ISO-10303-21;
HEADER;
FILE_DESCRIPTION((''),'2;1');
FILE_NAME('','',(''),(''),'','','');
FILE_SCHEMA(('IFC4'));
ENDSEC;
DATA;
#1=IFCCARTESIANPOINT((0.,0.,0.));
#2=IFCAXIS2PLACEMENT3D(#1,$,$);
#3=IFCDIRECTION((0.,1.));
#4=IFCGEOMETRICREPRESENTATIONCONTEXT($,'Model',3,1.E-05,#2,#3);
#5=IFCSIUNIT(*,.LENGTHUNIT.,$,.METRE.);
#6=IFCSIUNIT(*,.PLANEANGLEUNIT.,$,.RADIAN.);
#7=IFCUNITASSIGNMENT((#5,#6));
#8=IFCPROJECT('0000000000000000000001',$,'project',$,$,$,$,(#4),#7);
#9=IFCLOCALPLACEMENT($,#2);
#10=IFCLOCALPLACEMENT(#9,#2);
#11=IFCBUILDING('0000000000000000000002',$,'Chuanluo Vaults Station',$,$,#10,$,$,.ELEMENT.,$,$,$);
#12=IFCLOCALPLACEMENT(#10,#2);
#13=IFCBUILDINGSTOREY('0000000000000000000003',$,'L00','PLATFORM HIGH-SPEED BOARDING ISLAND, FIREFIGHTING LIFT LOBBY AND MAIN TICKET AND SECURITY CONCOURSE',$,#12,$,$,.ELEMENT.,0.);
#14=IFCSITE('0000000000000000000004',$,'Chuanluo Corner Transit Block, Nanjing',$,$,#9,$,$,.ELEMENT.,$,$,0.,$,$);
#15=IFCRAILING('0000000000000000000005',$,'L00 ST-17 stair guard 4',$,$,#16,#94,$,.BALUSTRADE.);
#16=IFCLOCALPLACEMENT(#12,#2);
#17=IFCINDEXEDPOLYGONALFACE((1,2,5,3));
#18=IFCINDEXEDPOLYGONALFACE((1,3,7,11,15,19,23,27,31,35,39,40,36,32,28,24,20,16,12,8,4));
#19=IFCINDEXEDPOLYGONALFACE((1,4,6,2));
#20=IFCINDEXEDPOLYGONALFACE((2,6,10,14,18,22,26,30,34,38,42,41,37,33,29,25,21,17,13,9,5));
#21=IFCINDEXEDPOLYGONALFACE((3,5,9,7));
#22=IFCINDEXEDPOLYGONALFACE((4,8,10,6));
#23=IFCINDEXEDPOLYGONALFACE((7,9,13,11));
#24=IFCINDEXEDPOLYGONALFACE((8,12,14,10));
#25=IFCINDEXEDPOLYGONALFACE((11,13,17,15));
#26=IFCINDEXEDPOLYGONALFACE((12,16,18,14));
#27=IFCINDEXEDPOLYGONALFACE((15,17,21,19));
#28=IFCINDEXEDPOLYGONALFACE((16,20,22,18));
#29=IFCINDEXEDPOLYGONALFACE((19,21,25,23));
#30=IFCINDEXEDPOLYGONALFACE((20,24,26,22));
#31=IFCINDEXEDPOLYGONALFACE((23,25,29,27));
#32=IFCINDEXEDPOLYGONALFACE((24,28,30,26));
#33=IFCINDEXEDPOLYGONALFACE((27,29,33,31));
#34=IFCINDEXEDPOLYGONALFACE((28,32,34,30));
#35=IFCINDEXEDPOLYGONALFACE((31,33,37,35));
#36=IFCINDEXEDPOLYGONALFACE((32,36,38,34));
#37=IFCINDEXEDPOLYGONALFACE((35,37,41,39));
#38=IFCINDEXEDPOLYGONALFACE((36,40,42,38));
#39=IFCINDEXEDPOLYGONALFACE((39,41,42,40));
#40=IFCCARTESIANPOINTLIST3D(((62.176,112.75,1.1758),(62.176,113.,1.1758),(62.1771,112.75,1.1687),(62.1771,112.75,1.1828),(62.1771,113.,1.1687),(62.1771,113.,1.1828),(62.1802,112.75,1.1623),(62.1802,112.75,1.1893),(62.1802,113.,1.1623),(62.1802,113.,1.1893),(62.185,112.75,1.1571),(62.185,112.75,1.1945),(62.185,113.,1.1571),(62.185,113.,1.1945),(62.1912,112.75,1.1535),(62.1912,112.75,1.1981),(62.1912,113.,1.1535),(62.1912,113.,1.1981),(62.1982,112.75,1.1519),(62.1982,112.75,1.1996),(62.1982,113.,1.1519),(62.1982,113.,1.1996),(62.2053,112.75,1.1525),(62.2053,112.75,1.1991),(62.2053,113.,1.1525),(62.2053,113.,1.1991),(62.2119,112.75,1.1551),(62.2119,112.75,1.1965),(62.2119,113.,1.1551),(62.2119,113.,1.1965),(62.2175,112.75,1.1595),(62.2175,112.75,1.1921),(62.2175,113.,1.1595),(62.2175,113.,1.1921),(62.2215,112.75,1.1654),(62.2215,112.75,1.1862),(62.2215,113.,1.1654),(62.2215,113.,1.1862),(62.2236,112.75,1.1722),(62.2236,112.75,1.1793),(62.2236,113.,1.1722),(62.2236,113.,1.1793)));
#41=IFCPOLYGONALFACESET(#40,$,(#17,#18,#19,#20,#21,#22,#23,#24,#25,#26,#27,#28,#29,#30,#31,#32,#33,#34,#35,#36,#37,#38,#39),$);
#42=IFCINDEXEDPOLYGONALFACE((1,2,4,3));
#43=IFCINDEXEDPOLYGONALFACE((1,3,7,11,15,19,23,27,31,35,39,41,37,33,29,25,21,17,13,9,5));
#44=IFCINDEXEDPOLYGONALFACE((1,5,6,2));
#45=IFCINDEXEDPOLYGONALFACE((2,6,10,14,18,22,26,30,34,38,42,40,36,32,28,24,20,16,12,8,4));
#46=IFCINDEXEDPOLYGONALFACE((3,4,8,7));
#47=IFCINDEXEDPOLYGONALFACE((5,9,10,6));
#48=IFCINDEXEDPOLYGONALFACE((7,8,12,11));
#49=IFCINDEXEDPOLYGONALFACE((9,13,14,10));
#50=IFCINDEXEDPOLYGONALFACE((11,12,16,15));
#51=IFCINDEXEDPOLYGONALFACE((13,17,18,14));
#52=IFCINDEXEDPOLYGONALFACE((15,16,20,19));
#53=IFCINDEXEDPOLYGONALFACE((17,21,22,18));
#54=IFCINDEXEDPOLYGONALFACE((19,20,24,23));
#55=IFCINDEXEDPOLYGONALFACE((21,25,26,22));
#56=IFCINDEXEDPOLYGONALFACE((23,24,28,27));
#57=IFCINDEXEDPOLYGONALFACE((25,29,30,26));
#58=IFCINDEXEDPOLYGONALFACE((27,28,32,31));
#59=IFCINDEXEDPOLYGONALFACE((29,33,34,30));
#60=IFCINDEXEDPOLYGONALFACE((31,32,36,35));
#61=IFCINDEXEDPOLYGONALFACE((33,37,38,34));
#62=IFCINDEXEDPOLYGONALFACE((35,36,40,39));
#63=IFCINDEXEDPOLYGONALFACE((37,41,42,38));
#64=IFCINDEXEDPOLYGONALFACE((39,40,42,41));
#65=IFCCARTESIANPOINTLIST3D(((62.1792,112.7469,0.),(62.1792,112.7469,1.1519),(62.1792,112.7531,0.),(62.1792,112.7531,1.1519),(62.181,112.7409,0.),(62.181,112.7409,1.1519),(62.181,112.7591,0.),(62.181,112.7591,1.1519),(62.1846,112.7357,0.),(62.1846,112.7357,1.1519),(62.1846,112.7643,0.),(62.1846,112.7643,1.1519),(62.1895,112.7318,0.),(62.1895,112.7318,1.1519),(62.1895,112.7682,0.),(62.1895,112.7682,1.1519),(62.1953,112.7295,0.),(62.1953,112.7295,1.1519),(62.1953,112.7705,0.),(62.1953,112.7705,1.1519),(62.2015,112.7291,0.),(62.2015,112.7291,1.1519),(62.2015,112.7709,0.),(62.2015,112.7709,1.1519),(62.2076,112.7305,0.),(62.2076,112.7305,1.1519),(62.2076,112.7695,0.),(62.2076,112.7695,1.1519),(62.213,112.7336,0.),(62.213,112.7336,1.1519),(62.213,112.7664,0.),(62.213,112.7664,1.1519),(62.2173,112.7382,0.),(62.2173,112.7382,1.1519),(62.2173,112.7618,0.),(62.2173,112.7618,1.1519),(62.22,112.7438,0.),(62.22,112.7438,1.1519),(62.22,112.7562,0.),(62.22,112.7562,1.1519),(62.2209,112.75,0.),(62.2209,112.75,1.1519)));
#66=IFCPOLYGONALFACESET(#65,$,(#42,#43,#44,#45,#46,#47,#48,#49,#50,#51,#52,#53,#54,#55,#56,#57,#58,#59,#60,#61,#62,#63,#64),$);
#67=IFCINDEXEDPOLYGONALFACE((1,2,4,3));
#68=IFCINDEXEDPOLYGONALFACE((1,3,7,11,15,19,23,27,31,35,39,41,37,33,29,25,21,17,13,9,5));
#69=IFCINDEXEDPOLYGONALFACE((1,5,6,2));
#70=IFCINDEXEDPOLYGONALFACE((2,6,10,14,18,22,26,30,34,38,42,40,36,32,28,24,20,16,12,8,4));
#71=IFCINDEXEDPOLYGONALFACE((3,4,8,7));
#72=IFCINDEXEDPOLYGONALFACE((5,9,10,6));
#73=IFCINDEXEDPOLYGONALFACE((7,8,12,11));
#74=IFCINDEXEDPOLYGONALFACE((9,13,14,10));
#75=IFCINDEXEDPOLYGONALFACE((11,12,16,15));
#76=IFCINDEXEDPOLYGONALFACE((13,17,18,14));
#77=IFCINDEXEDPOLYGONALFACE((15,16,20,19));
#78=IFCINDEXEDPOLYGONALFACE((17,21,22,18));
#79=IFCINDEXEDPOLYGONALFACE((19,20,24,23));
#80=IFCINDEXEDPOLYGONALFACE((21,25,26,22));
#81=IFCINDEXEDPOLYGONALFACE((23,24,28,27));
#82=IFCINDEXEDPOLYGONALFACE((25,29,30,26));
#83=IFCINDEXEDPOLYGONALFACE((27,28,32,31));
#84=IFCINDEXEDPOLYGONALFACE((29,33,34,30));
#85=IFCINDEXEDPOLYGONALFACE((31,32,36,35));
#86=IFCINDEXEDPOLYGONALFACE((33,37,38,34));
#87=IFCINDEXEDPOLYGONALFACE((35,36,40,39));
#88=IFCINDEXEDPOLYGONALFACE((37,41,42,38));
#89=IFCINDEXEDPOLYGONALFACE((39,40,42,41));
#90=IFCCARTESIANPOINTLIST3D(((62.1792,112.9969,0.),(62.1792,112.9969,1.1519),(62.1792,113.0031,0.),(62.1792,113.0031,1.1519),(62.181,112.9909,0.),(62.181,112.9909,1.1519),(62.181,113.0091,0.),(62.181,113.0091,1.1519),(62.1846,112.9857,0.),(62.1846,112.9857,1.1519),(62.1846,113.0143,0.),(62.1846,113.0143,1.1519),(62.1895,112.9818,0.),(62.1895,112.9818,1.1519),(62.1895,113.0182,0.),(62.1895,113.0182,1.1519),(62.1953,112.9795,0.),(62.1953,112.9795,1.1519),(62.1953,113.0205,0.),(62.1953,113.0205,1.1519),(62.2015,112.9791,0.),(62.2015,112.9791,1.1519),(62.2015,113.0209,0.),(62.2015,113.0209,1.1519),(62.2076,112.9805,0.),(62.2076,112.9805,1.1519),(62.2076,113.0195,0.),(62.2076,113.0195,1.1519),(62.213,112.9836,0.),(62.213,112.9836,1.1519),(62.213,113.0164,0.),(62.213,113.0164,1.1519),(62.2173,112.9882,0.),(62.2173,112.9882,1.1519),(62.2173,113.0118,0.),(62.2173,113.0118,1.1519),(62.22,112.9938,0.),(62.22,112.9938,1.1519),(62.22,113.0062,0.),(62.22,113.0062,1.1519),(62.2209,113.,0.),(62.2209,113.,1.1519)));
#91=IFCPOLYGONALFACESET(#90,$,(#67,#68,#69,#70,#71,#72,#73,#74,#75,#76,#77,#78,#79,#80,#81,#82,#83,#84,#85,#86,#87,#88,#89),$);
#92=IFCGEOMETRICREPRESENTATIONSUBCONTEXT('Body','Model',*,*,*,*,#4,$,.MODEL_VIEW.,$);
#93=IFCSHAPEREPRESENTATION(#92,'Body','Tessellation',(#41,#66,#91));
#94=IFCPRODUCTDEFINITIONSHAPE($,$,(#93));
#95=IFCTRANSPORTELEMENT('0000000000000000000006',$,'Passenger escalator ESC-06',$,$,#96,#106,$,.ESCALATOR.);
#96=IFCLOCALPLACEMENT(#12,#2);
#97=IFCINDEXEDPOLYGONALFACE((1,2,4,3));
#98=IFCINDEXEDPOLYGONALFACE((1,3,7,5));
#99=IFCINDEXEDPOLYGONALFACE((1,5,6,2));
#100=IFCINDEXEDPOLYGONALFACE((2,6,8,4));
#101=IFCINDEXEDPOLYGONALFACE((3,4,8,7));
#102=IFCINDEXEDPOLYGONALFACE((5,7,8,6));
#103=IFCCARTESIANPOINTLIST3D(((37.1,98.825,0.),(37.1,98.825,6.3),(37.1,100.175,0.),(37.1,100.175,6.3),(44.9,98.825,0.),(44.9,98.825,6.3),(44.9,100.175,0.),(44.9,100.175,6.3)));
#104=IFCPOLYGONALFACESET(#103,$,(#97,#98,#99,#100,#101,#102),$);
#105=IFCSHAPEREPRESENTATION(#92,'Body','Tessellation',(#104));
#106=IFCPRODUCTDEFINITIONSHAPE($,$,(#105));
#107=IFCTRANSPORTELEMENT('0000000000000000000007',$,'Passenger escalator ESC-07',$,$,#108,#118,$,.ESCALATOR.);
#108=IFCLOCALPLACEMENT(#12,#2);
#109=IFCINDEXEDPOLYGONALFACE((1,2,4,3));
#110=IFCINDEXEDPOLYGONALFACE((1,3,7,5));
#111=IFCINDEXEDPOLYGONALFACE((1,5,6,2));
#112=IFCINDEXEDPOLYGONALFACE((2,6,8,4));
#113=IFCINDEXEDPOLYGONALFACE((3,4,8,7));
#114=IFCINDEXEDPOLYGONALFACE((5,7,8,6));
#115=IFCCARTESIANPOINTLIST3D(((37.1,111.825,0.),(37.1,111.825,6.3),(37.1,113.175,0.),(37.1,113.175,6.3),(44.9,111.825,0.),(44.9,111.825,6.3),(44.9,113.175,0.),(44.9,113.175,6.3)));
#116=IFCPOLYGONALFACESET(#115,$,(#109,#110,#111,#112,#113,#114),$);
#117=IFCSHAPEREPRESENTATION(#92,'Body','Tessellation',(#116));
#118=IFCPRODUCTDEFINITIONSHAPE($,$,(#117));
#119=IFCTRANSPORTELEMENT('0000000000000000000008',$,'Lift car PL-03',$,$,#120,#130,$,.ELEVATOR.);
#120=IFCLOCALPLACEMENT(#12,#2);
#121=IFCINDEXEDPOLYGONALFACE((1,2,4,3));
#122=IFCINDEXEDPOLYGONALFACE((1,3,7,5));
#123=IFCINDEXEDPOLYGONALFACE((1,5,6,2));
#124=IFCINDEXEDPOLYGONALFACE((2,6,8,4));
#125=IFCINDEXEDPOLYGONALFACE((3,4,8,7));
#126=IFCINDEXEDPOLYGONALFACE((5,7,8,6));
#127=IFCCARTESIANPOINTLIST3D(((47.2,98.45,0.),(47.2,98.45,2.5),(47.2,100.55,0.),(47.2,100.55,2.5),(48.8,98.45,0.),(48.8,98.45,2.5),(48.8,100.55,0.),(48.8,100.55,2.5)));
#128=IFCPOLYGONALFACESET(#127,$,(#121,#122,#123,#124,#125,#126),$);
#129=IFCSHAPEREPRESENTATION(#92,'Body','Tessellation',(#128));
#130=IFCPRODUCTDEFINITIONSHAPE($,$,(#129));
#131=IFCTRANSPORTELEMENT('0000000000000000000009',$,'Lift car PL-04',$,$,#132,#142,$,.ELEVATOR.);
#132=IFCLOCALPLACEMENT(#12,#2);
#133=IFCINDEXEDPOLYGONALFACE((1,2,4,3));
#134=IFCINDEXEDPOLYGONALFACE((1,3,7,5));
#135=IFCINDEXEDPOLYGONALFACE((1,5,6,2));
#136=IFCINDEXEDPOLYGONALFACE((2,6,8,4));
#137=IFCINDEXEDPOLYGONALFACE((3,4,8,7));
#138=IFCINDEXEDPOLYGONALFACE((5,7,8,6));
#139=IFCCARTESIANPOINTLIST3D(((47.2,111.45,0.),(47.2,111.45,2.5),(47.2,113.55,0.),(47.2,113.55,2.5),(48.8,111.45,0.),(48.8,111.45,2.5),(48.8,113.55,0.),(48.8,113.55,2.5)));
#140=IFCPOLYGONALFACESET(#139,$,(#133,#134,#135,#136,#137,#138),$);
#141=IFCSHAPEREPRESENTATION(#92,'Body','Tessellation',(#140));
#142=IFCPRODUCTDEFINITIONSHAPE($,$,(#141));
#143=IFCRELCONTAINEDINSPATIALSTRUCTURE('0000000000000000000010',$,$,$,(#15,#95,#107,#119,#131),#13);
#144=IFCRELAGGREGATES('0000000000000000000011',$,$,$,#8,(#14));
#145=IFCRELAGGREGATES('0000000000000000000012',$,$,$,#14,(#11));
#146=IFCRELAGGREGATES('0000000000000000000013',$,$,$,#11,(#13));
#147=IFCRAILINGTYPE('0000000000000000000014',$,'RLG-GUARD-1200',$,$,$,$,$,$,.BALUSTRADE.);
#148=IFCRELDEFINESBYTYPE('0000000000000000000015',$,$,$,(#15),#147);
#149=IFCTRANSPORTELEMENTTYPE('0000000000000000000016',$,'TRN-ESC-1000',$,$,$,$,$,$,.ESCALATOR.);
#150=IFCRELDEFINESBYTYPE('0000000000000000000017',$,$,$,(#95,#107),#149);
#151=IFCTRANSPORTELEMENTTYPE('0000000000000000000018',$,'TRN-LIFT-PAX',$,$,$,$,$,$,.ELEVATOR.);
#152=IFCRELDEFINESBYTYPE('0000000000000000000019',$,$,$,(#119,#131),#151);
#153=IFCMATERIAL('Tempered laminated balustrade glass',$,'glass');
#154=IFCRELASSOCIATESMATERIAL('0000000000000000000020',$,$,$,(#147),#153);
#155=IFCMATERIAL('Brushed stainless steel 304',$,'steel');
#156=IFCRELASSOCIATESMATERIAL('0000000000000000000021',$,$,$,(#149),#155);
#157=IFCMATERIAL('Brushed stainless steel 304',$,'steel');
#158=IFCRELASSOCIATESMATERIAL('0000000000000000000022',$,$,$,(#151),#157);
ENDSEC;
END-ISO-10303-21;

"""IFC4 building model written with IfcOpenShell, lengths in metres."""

from ifc_helpers import new_model, si_unit, direction, frame, origin, origin_2d, place, context, subcontext, project, spatial, rectangle, circle, extrude, material, type_object, element, save


model = new_model("IFC4")

# Units and contexts
model_context = context("Model", 3, precision=1e-05, world=origin(), true_north=direction((0.0, 1.0)))
body_context = subcontext(model_context, "Body", "Model", "MODEL_VIEW")
ifc_project = project(units=[si_unit("LENGTHUNIT", "METRE"), si_unit("PLANEANGLEUNIT", "RADIAN")], contexts=[model_context])

# Site, building, storey
site_placement = place(None, origin())
site = spatial("IfcSite", under=ifc_project, at=site_placement, Name="Chuanluo Corner Transit Block, Nanjing", CompositionType="ELEMENT", RefElevation=0.0)
building_placement = place(site_placement, origin())
building = spatial("IfcBuilding", under=site, at=building_placement, Name="Chuanluo Vaults Station", CompositionType="ELEMENT")
storey_placement = place(building_placement, origin())
storey = spatial("IfcBuildingStorey", under=building, at=storey_placement, Name="L00", Description="PLATFORM HIGH-SPEED BOARDING ISLAND, FIREFIGHTING LIFT LOBBY AND MAIN TICKET AND SECURITY CONCOURSE", CompositionType="ELEMENT", Elevation=0.0)

# Railing
ifc_material_1 = material(Name="Tempered laminated balustrade glass", Category="glass")
railing_type = type_object("IfcRailingType", Name="RLG-GUARD-1200", PredefinedType="BALUSTRADE", material=ifc_material_1)
railing_placement = place(storey_placement, frame((62.2, 112.75, 0.0)))
element("IfcRailing", 1, at=railing_placement, inside=storey, type_object=railing_type, Name="L00 ST-17 stair guard 4", PredefinedType="BALUSTRADE", context=body_context, shape_type="SweptSolid", body=[
    extrude(circle(Radius=0.0239, at=origin_2d()), frame((0.0, 0.0, 1.1758), z_axis=(0.0, 1.0, 0.0), x_axis=(-1.0, 0.0, 0.0)), (0.0, 0.0, 1.0), 0.25),
    extrude(circle(Radius=0.021, at=origin_2d()), origin(), (0.0, 0.0, 1.0), 1.1519),
    extrude(circle(Radius=0.021, at=origin_2d()), frame((0.0, 0.25, 0.0)), (0.0, 0.0, 1.0), 1.1519),
])

# Transport elements
ifc_material_2 = material(Name="Brushed stainless steel 304", Category="steel")
transport_element_type_1 = type_object("IfcTransportElementType", Name="TRN-ESC-1000", PredefinedType="ESCALATOR", material=ifc_material_2)
for number, where, z_axis, x_axis, name in (
    (2, (41.0, 99.5, 0.0), (0.0, 0.0, 1.0), (1.0, 0.0, 0.0), "Passenger escalator ESC-06"),
    (3, (41.0, 112.5, 0.0), (0.0, 0.0, 1.0), (1.0, 0.0, 0.0), "Passenger escalator ESC-07"),
):
    element("IfcTransportElement", number, at=place(storey_placement, frame(where, z_axis=z_axis, x_axis=x_axis)), inside=storey, type_object=transport_element_type_1, Name=name, PredefinedType="ESCALATOR", context=body_context, shape_type="SweptSolid", body=[
        extrude(rectangle(XDim=7.8, YDim=1.3501, at=origin_2d()), origin(), (0.0, 0.0, 1.0), 6.3),
    ])
ifc_material_3 = material(Name="Brushed stainless steel 304", Category="steel")
transport_element_type_2 = type_object("IfcTransportElementType", Name="TRN-LIFT-PAX", PredefinedType="ELEVATOR", material=ifc_material_3)
for number, where, z_axis, x_axis, name in (
    (4, (48.0, 99.5, 0.0), (0.0, 0.0, 1.0), (1.0, 0.0, 0.0), "Lift car PL-03"),
    (5, (48.0, 112.5, 0.0), (0.0, 0.0, 1.0), (1.0, 0.0, 0.0), "Lift car PL-04"),
):
    element("IfcTransportElement", number, at=place(storey_placement, frame(where, z_axis=z_axis, x_axis=x_axis)), inside=storey, type_object=transport_element_type_2, Name=name, PredefinedType="ELEVATOR", context=body_context, shape_type="SweptSolid", body=[
        extrude(rectangle(XDim=1.6001, YDim=2.1001, at=origin_2d()), origin(), (0.0, 0.0, 1.0), 2.5),
    ])

save(model, "model.ifc")
